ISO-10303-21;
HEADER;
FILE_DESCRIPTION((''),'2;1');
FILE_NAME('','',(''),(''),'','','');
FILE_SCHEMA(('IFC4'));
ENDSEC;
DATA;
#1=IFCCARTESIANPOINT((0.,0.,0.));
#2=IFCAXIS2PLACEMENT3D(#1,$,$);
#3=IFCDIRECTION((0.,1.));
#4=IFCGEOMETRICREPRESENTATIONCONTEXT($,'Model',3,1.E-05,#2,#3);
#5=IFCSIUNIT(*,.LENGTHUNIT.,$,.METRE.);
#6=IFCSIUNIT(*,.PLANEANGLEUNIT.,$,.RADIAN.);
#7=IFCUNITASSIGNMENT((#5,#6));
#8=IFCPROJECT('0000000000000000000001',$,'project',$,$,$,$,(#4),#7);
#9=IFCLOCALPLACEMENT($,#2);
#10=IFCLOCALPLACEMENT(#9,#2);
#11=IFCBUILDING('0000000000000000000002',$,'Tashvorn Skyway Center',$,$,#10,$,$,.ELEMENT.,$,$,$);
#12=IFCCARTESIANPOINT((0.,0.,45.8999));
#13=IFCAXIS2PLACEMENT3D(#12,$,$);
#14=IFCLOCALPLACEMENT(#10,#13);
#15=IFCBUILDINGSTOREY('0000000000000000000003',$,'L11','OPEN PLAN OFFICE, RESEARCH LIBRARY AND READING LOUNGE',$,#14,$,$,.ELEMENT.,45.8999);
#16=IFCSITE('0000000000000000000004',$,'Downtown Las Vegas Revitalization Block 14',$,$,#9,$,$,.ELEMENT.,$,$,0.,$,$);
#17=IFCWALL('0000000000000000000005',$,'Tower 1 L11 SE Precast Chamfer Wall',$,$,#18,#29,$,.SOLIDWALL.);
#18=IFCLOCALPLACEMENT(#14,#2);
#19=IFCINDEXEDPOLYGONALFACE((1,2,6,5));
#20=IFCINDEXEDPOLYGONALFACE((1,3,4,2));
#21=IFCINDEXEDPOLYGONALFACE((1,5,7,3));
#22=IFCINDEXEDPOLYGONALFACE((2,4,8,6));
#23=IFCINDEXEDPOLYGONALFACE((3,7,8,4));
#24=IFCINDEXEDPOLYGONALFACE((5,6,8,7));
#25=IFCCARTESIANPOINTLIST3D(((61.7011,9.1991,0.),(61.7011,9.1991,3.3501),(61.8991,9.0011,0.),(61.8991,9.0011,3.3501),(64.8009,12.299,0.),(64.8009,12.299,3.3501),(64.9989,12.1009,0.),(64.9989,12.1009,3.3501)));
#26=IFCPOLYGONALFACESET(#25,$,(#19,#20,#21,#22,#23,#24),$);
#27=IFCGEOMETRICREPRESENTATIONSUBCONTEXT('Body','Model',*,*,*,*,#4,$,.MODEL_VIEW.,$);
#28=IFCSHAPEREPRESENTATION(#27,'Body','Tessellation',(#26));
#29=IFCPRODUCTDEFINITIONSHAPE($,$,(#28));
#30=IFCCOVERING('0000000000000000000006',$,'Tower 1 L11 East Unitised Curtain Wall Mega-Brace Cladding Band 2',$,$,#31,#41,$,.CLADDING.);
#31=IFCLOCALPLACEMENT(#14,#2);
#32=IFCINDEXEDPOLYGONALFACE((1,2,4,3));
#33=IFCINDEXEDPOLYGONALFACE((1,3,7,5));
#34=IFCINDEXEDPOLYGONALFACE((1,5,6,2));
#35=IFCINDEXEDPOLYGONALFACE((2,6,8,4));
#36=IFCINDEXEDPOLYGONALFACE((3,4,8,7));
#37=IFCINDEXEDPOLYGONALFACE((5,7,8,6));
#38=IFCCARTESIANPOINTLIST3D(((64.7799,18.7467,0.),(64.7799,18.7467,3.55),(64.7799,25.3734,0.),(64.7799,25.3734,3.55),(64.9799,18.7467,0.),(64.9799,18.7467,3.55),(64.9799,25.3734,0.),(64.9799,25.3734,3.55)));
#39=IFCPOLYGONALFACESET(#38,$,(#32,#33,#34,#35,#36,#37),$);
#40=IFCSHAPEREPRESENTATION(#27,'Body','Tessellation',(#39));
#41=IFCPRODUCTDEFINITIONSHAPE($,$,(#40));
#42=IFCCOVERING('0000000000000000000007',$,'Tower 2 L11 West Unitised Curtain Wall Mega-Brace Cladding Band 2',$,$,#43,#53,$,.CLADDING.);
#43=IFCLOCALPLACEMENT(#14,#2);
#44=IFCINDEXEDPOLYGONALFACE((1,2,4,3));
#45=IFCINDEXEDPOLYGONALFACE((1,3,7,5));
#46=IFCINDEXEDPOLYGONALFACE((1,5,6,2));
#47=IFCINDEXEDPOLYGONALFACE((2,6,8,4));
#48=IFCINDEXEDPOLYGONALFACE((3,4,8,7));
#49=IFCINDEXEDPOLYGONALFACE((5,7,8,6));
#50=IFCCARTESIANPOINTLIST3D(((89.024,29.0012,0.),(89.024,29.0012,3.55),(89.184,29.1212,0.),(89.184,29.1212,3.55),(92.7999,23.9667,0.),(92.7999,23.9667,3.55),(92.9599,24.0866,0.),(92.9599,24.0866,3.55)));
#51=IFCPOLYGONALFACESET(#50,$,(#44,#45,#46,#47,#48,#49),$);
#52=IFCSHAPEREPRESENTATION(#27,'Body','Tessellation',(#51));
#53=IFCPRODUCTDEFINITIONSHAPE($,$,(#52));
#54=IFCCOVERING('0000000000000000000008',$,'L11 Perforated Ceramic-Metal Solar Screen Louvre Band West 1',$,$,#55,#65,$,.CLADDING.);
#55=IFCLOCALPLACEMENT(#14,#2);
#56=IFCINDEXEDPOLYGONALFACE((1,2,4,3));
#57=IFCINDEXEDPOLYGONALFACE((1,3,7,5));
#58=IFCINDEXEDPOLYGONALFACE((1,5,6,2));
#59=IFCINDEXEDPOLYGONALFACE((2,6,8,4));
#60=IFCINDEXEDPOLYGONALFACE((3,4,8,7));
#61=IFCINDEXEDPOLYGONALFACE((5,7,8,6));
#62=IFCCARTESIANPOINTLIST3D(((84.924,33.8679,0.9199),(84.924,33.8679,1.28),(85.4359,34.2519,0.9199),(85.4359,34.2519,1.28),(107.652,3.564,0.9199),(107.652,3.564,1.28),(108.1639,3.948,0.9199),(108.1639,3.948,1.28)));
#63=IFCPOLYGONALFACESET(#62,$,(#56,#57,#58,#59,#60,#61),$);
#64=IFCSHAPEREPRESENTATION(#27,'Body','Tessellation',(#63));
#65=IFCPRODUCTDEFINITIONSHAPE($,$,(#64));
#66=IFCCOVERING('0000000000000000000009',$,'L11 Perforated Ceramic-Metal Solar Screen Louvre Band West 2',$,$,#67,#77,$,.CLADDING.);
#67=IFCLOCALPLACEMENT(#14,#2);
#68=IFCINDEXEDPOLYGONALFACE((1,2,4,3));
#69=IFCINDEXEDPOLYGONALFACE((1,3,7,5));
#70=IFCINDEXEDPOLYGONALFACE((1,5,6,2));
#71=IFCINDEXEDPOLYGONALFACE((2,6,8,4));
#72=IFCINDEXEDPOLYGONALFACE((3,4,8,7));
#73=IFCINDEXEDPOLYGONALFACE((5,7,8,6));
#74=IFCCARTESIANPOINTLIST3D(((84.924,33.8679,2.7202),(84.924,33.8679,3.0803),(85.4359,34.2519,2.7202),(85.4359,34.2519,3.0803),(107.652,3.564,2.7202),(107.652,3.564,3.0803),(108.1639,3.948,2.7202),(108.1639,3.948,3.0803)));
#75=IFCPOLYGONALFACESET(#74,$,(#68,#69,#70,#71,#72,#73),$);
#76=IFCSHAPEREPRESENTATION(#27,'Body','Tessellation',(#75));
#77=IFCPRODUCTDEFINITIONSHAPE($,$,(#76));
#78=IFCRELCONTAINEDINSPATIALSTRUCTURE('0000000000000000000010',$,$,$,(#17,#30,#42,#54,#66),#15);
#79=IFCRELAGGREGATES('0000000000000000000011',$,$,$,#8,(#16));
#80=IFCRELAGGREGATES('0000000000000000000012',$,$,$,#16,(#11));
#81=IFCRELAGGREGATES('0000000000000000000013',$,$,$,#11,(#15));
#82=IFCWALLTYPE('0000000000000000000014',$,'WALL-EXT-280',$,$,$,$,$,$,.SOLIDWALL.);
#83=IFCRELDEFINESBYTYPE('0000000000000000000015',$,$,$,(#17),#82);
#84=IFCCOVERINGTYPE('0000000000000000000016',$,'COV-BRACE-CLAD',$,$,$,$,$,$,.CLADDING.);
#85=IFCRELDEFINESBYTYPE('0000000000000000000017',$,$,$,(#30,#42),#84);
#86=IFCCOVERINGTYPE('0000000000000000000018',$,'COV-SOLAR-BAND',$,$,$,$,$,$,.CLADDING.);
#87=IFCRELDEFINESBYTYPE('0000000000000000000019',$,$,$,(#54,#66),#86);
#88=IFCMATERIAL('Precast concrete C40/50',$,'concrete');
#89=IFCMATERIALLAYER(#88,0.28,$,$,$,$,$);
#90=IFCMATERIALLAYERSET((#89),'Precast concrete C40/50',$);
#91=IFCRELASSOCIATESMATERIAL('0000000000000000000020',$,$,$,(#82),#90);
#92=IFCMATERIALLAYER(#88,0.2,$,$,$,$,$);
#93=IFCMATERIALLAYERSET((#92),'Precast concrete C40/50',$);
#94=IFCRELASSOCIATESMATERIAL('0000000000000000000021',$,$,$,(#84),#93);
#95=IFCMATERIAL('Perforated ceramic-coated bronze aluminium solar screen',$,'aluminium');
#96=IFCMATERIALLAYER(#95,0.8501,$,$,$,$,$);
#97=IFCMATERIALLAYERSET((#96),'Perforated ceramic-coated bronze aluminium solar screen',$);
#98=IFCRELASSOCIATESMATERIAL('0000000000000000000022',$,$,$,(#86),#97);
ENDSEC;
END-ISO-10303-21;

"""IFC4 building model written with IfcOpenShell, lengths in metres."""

from ifc_helpers import new_model, si_unit, direction, frame, frame_2d, origin, origin_2d, place, context, subcontext, project, spatial, rectangle, extrude, material, layer, layer_set, type_object, element, save


model = new_model("IFC4")

# Units and contexts
model_context = context("Model", 3, precision=1e-05, world=origin(), true_north=direction((0.0, 1.0)))
body_context = subcontext(model_context, "Body", "Model", "MODEL_VIEW")
ifc_project = project(units=[si_unit("LENGTHUNIT", "METRE"), si_unit("PLANEANGLEUNIT", "RADIAN")], contexts=[model_context])

# Site, building, storey
site_placement = place(None, origin())
site = spatial("IfcSite", under=ifc_project, at=site_placement, Name="Downtown Las Vegas Revitalization Block 14", CompositionType="ELEMENT", RefElevation=0.0)
building_placement = place(site_placement, origin())
building = spatial("IfcBuilding", under=site, at=building_placement, Name="Tashvorn Skyway Center", CompositionType="ELEMENT")
storey_placement = place(building_placement, frame((0.0, 0.0, 45.8999)))
storey = spatial("IfcBuildingStorey", under=building, at=storey_placement, Name="L11", Description="OPEN PLAN OFFICE, RESEARCH LIBRARY AND READING LOUNGE", CompositionType="ELEMENT", Elevation=45.8999)

# Wall
ifc_material_1 = material(Name="Precast concrete C40/50", Category="concrete")
ifc_layer_1 = layer(ifc_material_1, 0.28)
ifc_layer_set_1 = layer_set([ifc_layer_1], Name="Precast concrete C40/50")
wall_type = type_object("IfcWallType", Name="WALL-EXT-280", PredefinedType="SOLIDWALL", material=ifc_layer_set_1)
wall_placement = place(storey_placement, frame((64.8999, 12.2, 0.0), z_axis=(0.0, 0.0, 1.0), x_axis=(-0.707107, -0.707107, 0.0)))
element("IfcWall", 1, at=wall_placement, inside=storey, type_object=wall_type, Name="Tower 1 L11 SE Precast Chamfer Wall", PredefinedType="SOLIDWALL", context=body_context, shape_type="SweptSolid", body=[
    extrude(rectangle(XDim=4.3838, YDim=0.28, at=frame_2d((2.1919, 0.0))), origin(), (0.0, 0.0, 1.0), 3.3501),
])

# Coverings
ifc_layer_2 = layer(ifc_material_1, 0.2)
ifc_layer_set_2 = layer_set([ifc_layer_2], Name="Precast concrete C40/50")
covering_type_1 = type_object("IfcCoveringType", Name="COV-BRACE-CLAD", PredefinedType="CLADDING", material=ifc_layer_set_2)
covering_1_placement = place(storey_placement, frame((64.8799, 22.0601, 0.0), z_axis=(0.0, 0.0, 1.0), x_axis=(0.0, -1.0, 0.0)))
element("IfcCovering", 2, at=covering_1_placement, inside=storey, type_object=covering_type_1, Name="Tower 1 L11 East Unitised Curtain Wall Mega-Brace Cladding Band 2", PredefinedType="CLADDING", context=body_context, shape_type="SweptSolid", body=[
    extrude(rectangle(XDim=6.6267, YDim=0.2, at=origin_2d()), origin(), (0.0, 0.0, 1.0), 3.55),
])
covering_2_placement = place(storey_placement, frame((90.9919, 26.5439, 0.0), z_axis=(0.0, 0.0, 1.0), x_axis=(-0.6, 0.8, 0.0)))
element("IfcCovering", 3, at=covering_2_placement, inside=storey, type_object=covering_type_1, Name="Tower 2 L11 West Unitised Curtain Wall Mega-Brace Cladding Band 2", PredefinedType="CLADDING", context=body_context, shape_type="SweptSolid", body=[
    extrude(rectangle(XDim=6.2932, YDim=0.2, at=origin_2d()), origin(), (0.0, 0.0, 1.0), 3.55),
])
ifc_material_2 = material(Name="Perforated ceramic-coated bronze aluminium solar screen", Category="aluminium")
ifc_layer_3 = layer(ifc_material_2, 0.8501)
ifc_layer_set_3 = layer_set([ifc_layer_3], Name="Perforated ceramic-coated bronze aluminium solar screen")
covering_type_2 = type_object("IfcCoveringType", Name="COV-SOLAR-BAND", PredefinedType="CLADDING", material=ifc_layer_set_3)
for number, where, z_axis, x_axis, name in (
    (4, (96.5439, 18.908, 0.9199), (0.0, 0.0, 1.0), (-0.6, 0.8, 0.0), "L11 Perforated Ceramic-Metal Solar Screen Louvre Band West 1"),
    (5, (96.5439, 18.908, 2.7202), (0.0, 0.0, 1.0), (-0.6, 0.8, 0.0), "L11 Perforated Ceramic-Metal Solar Screen Louvre Band West 2"),
):
    element("IfcCovering", number, at=place(storey_placement, frame(where, z_axis=z_axis, x_axis=x_axis)), inside=storey, type_object=covering_type_2, Name=name, PredefinedType="CLADDING", context=body_context, shape_type="SweptSolid", body=[
        extrude(rectangle(XDim=37.8799, YDim=0.6399, at=origin_2d()), origin(), (0.0, 0.0, 1.0), 0.3601),
    ])

save(model, "model.ifc")
